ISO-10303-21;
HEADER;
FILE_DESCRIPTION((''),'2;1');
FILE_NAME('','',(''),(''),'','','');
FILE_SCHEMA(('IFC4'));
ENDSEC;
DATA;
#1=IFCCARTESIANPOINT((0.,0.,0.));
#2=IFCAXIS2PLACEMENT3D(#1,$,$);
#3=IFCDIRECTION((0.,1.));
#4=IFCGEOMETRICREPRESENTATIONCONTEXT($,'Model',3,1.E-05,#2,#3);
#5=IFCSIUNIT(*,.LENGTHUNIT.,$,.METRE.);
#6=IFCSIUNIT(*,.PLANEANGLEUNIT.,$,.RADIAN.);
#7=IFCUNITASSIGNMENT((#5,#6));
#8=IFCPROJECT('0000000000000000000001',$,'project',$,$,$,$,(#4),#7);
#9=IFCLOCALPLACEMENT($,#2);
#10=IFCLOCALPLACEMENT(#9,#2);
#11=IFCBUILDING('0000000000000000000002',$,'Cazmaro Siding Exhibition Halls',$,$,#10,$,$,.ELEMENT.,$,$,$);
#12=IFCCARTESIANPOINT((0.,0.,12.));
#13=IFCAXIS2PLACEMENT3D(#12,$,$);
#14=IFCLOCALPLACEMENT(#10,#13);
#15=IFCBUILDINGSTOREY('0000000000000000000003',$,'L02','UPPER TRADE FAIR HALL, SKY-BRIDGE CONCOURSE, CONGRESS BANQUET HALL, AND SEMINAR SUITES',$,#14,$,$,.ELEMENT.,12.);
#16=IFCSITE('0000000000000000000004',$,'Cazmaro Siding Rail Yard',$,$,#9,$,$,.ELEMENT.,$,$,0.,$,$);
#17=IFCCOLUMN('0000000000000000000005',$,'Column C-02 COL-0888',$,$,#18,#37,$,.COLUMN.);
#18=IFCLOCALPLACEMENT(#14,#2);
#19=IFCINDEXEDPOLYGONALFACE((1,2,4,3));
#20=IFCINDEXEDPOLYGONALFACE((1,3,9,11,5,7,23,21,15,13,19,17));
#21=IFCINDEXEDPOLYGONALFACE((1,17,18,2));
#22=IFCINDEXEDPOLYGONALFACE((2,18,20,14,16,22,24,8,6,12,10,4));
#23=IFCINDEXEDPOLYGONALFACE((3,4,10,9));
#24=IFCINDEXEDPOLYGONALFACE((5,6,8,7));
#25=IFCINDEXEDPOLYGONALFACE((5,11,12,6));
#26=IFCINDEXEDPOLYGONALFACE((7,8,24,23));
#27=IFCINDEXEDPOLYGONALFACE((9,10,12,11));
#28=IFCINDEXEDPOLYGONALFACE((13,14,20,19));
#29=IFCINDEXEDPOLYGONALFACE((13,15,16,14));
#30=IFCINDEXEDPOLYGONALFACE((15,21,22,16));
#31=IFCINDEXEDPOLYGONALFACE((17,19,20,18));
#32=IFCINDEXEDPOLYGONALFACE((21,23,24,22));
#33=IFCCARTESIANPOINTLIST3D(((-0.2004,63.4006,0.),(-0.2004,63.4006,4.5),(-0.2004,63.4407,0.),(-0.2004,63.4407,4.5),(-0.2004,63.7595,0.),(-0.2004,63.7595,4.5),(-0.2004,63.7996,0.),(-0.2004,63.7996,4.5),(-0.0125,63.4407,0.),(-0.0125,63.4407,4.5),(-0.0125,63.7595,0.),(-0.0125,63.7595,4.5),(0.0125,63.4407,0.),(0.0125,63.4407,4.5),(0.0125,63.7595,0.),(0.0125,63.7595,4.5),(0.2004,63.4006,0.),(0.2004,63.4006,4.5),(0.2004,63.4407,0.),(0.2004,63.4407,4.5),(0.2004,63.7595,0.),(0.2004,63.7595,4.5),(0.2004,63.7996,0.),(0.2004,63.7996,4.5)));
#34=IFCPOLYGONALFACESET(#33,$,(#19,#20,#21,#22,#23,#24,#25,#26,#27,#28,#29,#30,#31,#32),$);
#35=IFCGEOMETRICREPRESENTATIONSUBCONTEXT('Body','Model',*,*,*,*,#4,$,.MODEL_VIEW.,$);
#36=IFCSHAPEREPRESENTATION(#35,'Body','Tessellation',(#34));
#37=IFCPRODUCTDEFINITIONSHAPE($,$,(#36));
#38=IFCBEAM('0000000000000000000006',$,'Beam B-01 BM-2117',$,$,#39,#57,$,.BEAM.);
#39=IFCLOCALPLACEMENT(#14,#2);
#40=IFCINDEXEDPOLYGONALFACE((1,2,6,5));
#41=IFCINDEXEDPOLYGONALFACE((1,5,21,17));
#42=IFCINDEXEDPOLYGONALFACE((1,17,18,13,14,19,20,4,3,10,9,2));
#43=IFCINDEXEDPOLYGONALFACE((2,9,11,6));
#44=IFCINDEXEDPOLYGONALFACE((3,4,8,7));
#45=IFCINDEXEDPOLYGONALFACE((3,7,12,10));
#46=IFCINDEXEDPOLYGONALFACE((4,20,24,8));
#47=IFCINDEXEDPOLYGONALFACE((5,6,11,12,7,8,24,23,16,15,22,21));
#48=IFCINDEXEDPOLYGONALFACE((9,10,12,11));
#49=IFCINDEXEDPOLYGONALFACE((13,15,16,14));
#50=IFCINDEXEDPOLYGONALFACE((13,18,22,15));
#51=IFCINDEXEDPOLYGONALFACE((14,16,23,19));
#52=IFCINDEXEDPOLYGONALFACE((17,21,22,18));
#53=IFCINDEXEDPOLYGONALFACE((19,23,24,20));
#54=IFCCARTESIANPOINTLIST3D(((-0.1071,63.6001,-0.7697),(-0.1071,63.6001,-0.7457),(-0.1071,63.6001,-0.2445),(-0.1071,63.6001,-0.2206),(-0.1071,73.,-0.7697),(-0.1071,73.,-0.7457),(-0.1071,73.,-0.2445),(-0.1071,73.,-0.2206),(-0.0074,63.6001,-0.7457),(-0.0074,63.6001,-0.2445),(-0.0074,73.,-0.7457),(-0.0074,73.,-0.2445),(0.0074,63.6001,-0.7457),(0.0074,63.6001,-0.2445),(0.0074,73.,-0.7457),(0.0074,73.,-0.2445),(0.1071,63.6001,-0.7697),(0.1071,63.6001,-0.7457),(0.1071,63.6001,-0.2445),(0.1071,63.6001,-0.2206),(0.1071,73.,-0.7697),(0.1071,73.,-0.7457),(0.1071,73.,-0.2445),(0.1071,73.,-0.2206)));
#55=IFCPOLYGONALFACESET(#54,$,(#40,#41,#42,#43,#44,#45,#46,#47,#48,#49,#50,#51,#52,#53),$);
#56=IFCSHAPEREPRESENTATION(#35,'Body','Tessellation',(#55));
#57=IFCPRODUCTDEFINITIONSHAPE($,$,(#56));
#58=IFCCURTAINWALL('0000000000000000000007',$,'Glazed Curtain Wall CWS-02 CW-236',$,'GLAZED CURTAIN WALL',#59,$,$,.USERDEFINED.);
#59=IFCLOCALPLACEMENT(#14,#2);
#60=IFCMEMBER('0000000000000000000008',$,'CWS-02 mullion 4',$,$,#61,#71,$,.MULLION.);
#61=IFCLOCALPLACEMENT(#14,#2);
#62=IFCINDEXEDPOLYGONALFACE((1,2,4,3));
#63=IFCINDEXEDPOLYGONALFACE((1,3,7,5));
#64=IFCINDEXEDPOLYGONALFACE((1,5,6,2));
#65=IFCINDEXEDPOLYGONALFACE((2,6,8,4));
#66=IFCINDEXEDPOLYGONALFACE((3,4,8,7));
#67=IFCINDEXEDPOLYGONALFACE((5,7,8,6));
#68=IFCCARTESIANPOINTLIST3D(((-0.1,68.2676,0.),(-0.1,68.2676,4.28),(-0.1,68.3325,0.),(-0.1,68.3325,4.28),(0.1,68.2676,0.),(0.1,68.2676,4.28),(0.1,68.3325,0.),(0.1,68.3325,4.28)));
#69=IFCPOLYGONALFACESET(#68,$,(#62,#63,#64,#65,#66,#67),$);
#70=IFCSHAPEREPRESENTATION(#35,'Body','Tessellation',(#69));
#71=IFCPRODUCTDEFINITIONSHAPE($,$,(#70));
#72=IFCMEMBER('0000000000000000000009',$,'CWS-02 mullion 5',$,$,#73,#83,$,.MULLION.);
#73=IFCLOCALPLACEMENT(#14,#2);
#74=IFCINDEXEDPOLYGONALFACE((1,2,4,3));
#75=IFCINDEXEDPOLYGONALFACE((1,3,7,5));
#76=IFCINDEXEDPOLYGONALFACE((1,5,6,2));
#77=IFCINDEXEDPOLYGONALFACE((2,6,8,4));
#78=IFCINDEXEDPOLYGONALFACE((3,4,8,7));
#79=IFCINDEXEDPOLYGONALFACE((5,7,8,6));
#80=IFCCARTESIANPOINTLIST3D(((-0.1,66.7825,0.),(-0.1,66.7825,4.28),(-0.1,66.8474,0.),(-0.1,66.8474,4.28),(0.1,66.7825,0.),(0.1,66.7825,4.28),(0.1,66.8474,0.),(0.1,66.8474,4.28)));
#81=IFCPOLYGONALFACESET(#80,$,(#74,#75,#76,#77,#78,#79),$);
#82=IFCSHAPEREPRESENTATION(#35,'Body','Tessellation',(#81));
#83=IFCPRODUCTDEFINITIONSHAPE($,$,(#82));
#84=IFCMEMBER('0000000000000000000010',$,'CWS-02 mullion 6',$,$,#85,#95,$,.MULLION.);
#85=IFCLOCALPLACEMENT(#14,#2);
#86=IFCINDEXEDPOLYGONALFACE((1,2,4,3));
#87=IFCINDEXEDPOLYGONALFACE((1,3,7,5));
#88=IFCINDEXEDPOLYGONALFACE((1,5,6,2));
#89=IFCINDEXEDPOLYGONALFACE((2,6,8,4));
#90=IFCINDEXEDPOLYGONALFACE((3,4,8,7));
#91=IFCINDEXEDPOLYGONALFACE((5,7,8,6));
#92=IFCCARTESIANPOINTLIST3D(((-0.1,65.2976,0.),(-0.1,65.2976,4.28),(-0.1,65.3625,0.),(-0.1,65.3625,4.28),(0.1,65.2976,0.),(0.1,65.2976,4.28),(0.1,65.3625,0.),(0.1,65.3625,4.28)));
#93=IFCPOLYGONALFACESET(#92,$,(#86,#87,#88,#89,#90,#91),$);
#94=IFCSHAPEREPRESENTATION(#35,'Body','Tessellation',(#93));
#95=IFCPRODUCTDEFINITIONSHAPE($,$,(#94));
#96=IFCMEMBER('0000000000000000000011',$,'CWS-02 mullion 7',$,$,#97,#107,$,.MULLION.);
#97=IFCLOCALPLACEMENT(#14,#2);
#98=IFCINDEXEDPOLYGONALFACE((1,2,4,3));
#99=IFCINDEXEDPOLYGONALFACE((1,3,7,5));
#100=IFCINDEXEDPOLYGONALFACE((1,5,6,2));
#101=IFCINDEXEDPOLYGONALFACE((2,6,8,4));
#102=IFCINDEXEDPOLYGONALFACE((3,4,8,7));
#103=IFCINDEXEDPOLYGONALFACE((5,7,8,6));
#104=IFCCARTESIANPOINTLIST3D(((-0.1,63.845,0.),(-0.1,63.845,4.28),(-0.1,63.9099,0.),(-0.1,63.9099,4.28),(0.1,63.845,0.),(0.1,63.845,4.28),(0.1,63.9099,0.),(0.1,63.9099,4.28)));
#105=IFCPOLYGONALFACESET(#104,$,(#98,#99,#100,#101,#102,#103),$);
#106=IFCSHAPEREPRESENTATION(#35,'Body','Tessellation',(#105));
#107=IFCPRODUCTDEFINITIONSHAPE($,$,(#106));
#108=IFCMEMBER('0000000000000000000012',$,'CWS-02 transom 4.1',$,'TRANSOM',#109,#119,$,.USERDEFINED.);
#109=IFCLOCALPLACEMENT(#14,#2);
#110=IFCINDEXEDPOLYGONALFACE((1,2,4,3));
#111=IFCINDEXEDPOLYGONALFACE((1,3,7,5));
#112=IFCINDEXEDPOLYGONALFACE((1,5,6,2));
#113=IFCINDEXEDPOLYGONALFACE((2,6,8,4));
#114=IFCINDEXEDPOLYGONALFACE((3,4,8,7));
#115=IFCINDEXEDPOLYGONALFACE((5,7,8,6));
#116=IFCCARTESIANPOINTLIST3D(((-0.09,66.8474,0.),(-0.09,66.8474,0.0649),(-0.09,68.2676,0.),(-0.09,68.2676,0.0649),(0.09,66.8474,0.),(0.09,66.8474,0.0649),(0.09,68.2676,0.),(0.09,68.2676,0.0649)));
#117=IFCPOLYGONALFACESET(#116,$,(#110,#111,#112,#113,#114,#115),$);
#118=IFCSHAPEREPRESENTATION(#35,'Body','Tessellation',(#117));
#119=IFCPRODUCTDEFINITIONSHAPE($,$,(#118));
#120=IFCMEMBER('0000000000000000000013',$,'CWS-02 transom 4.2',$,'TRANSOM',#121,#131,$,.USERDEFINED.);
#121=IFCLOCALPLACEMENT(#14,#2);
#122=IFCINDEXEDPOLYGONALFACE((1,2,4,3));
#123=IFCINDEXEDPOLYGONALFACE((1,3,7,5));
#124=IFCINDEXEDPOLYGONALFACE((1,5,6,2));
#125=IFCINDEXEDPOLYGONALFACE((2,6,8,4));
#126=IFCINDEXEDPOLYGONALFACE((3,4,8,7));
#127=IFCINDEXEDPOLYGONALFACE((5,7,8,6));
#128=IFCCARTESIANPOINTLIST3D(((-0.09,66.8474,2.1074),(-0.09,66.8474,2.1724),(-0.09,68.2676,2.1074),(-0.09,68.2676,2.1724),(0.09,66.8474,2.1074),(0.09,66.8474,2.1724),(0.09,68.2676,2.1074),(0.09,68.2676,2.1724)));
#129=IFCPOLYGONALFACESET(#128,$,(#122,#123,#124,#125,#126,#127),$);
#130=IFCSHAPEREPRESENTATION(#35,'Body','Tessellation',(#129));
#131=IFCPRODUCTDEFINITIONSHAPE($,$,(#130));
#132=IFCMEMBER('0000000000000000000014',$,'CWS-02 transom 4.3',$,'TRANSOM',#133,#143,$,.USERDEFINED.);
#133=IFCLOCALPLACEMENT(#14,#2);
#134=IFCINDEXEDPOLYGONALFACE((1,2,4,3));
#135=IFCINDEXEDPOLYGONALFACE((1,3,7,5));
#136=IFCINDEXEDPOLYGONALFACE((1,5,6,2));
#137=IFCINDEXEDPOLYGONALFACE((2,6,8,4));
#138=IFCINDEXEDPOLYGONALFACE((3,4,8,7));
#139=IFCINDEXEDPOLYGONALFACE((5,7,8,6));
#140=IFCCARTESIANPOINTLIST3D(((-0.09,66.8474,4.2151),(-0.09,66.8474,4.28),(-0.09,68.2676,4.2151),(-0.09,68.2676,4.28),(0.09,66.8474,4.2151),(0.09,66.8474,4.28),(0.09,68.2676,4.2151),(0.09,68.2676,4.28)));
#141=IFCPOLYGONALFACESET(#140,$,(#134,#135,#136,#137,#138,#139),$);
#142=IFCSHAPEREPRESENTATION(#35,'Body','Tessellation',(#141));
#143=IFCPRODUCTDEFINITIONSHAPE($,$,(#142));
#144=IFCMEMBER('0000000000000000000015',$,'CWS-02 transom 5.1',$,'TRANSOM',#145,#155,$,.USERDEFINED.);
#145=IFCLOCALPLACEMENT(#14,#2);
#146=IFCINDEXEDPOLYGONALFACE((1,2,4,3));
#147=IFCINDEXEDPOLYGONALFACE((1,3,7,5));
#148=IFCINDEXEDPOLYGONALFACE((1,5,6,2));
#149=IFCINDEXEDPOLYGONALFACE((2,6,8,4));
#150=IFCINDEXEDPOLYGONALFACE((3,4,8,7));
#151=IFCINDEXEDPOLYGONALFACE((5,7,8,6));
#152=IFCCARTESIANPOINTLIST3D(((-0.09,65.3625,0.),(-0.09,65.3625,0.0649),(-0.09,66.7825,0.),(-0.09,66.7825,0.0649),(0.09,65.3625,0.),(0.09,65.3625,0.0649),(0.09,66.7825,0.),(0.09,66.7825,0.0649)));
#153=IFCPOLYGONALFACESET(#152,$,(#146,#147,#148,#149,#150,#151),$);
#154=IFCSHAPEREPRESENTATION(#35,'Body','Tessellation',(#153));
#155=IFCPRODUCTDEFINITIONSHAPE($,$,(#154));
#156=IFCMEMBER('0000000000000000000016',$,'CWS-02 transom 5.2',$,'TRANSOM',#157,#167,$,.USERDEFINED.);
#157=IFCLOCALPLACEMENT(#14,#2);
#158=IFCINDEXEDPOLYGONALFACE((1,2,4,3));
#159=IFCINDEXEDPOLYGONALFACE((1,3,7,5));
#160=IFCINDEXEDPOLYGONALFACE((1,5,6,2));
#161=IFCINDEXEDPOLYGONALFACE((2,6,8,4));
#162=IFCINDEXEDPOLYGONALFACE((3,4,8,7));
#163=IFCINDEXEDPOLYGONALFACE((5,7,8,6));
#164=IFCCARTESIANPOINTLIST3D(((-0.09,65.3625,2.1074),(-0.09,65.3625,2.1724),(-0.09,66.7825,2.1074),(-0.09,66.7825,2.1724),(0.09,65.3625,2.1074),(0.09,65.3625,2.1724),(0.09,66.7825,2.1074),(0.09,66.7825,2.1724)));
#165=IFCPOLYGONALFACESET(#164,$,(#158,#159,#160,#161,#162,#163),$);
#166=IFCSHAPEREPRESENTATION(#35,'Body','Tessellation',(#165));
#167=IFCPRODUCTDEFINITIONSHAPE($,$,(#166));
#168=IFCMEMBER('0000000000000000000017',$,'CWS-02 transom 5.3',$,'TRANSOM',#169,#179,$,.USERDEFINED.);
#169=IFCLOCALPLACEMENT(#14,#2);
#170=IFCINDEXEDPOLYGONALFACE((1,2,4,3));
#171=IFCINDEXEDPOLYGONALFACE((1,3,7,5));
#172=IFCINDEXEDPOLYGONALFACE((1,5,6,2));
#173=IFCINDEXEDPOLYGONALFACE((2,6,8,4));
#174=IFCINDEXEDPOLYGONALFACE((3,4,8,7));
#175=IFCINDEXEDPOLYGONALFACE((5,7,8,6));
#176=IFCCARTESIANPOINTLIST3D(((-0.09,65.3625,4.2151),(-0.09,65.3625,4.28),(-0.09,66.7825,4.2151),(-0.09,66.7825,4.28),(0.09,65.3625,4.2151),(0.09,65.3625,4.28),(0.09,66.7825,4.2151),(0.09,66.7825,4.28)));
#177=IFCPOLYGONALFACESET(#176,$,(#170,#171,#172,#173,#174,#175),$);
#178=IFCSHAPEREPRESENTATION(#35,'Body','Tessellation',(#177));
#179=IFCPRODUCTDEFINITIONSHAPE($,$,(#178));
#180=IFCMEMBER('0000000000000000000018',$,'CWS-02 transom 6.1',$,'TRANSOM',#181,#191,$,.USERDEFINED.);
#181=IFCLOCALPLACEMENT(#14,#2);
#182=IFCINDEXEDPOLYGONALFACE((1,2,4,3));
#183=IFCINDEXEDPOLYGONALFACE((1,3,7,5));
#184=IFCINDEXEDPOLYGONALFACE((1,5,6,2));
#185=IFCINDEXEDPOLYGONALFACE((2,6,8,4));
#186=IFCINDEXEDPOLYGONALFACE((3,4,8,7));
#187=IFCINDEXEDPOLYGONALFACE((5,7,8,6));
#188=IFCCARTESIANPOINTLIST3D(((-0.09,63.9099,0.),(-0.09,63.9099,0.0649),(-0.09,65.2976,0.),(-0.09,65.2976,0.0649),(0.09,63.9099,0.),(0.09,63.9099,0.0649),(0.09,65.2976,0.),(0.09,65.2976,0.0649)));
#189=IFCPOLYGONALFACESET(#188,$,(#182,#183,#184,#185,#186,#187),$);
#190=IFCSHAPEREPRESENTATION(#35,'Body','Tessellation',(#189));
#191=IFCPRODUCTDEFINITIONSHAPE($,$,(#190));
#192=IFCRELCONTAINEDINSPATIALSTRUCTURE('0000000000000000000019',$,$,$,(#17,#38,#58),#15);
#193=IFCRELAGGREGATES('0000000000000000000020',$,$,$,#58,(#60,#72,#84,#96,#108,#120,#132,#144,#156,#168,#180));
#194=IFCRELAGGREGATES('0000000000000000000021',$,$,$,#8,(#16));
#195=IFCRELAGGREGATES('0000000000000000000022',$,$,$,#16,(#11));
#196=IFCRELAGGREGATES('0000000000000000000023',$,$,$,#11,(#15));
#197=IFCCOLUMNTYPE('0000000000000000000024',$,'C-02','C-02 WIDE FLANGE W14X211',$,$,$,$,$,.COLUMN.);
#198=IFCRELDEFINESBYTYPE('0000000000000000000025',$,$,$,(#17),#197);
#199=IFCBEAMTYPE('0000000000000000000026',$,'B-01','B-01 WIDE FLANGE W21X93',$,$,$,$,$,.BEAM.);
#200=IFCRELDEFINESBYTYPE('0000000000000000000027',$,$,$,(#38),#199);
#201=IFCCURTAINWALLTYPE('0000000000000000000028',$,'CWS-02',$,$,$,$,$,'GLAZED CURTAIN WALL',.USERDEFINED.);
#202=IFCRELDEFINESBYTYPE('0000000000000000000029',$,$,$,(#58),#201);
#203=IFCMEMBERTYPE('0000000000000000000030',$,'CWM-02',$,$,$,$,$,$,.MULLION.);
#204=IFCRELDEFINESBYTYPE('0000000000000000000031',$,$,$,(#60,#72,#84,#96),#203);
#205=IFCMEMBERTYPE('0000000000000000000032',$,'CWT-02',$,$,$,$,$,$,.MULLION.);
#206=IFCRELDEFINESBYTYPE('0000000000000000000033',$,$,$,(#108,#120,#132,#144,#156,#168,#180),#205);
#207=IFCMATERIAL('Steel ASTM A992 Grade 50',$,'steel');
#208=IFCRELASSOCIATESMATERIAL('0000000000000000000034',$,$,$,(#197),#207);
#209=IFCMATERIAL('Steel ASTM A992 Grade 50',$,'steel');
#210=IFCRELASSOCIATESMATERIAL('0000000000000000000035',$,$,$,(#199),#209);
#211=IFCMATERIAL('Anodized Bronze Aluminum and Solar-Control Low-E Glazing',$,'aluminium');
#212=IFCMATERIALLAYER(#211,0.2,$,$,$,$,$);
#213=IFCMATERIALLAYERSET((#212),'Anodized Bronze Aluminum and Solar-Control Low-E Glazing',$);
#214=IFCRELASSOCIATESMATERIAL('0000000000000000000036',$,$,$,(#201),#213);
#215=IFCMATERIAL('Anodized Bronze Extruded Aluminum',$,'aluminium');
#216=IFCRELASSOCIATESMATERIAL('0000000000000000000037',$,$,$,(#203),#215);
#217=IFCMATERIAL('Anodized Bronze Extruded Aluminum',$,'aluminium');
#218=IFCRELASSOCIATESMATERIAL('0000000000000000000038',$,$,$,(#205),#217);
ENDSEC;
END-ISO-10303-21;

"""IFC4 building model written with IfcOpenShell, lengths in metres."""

from ifc_helpers import new_model, si_unit, direction, frame, origin, origin_2d, place, context, subcontext, project, spatial, rectangle, i_section, extrude, material, layer, layer_set, material_profile, profile_set, type_object, element, aggregate, save


model = new_model("IFC4")

# Units and contexts
model_context = context("Model", 3, precision=1e-05, world=origin(), true_north=direction((0.0, 1.0)))
body_context = subcontext(model_context, "Body", "Model", "MODEL_VIEW")
ifc_project = project(units=[si_unit("LENGTHUNIT", "METRE"), si_unit("PLANEANGLEUNIT", "RADIAN")], contexts=[model_context])

# Site, building, storey
site_placement = place(None, origin())
site = spatial("IfcSite", under=ifc_project, at=site_placement, Name="Cazmaro Siding Rail Yard", CompositionType="ELEMENT", RefElevation=0.0)
building_placement = place(site_placement, origin())
building = spatial("IfcBuilding", under=site, at=building_placement, Name="Cazmaro Siding Exhibition Halls", CompositionType="ELEMENT")
storey_placement = place(building_placement, frame((0.0, 0.0, 12.0)))
storey = spatial("IfcBuildingStorey", under=building, at=storey_placement, Name="L02", Description="UPPER TRADE FAIR HALL, SKY-BRIDGE CONCOURSE, CONGRESS BANQUET HALL, AND SEMINAR SUITES", CompositionType="ELEMENT", Elevation=12.0)

# Column
ifc_material_1 = material(Name="Steel ASTM A992 Grade 50", Category="steel")
ifc_material_profile_1 = material_profile(ifc_material_1, i_section(OverallWidth=0.4009, OverallDepth=0.3989, WebThickness=0.0249, FlangeThickness=0.04, at=origin_2d()), Name="W14X211")
ifc_profile_set_1 = profile_set([ifc_material_profile_1], Name="Steel ASTM A992 Grade 50")
column_type = type_object("IfcColumnType", Name="C-02", Description="C-02 WIDE FLANGE W14X211", PredefinedType="COLUMN", material=ifc_profile_set_1)
column_placement = place(storey_placement, frame((0.0, 63.6001, 0.0), z_axis=(0.0, 0.0, 1.0), x_axis=(1.0, 0.0, 0.0)))
element("IfcColumn", 1, at=column_placement, inside=storey, type_object=column_type, Name="Column C-02 COL-0888", PredefinedType="COLUMN", context=body_context, shape_type="SweptSolid", body=[
    extrude(i_section(OverallWidth=0.4009, OverallDepth=0.3989, WebThickness=0.0249, FlangeThickness=0.04, at=origin_2d()), origin(), (0.0, 0.0, 1.0), 4.5),
])

# Beam
ifc_material_2 = material(Name="Steel ASTM A992 Grade 50", Category="steel")
ifc_material_profile_2 = material_profile(ifc_material_2, i_section(OverallWidth=0.2141, OverallDepth=0.5491, WebThickness=0.0149, FlangeThickness=0.0239, at=origin_2d()), Name="W21X93")
ifc_profile_set_2 = profile_set([ifc_material_profile_2], Name="Steel ASTM A992 Grade 50")
beam_type_1 = type_object("IfcBeamType", Name="B-01", Description="B-01 WIDE FLANGE W21X93", PredefinedType="BEAM", material=ifc_profile_set_2)
beam_1_placement = place(storey_placement, frame((0.0, 63.6001, -0.4951), z_axis=(0.0, 1.0, 0.0), x_axis=(-1.0, 0.0, 0.0)))
element("IfcBeam", 2, at=beam_1_placement, inside=storey, type_object=beam_type_1, Name="Beam B-01 BM-2117", PredefinedType="BEAM", context=body_context, shape_type="SweptSolid", body=[
    extrude(i_section(OverallWidth=0.2141, OverallDepth=0.5491, WebThickness=0.0149, FlangeThickness=0.0239, at=origin_2d()), origin(), (0.0, 0.0, 1.0), 9.3999),
])

# Curtain wall, members
ifc_material_3 = material(Name="Anodized Bronze Aluminum and Solar-Control Low-E Glazing", Category="aluminium")
ifc_layer_1 = layer(ifc_material_3, 0.2)
ifc_layer_set_1 = layer_set([ifc_layer_1], Name="Anodized Bronze Aluminum and Solar-Control Low-E Glazing")
curtain_wall_type = type_object("IfcCurtainWallType", Name="CWS-02", ElementType="GLAZED CURTAIN WALL", PredefinedType="USERDEFINED", material=ifc_layer_set_1)
curtain_wall_placement = place(storey_placement, origin())
curtain_wall = element("IfcCurtainWall", 3, at=curtain_wall_placement, inside=storey, type_object=curtain_wall_type, Name="Glazed Curtain Wall CWS-02 CW-236", ObjectType="GLAZED CURTAIN WALL", PredefinedType="USERDEFINED")
ifc_material_4 = material(Name="Anodized Bronze Extruded Aluminum", Category="aluminium")
ifc_material_profile_3 = material_profile(ifc_material_4, rectangle(XDim=0.2, YDim=0.0649, at=origin_2d()), Name="CWM-02")
ifc_profile_set_3 = profile_set([ifc_material_profile_3], Name="Anodized Bronze Extruded Aluminum")
member_type_1 = type_object("IfcMemberType", Name="CWM-02", PredefinedType="MULLION", material=ifc_profile_set_3)
member_1_placement = place(storey_placement, frame((0.0, 68.3, 0.0), z_axis=(0.0, 0.0, 1.0), x_axis=(1.0, 0.0, 0.0)))
member_1 = element("IfcMember", 4, at=member_1_placement, type_object=member_type_1, Name="CWS-02 mullion 4", PredefinedType="MULLION", context=body_context, shape_type="SweptSolid", body=[
    extrude(rectangle(XDim=0.2, YDim=0.0649, at=origin_2d()), origin(), (0.0, 0.0, 1.0), 4.28),
])
member_2_placement = place(storey_placement, frame((0.0, 66.8149, 0.0), z_axis=(0.0, 0.0, 1.0), x_axis=(1.0, 0.0, 0.0)))
member_2 = element("IfcMember", 5, at=member_2_placement, type_object=member_type_1, Name="CWS-02 mullion 5", PredefinedType="MULLION", context=body_context, shape_type="SweptSolid", body=[
    extrude(rectangle(XDim=0.2, YDim=0.0649, at=origin_2d()), origin(), (0.0, 0.0, 1.0), 4.28),
])
member_3_placement = place(storey_placement, frame((0.0, 65.3301, 0.0), z_axis=(0.0, 0.0, 1.0), x_axis=(1.0, 0.0, 0.0)))
member_3 = element("IfcMember", 6, at=member_3_placement, type_object=member_type_1, Name="CWS-02 mullion 6", PredefinedType="MULLION", context=body_context, shape_type="SweptSolid", body=[
    extrude(rectangle(XDim=0.2, YDim=0.0649, at=origin_2d()), origin(), (0.0, 0.0, 1.0), 4.28),
])
member_4_placement = place(storey_placement, frame((0.0, 63.8774, 0.0), z_axis=(0.0, 0.0, 1.0), x_axis=(1.0, 0.0, 0.0)))
member_4 = element("IfcMember", 7, at=member_4_placement, type_object=member_type_1, Name="CWS-02 mullion 7", PredefinedType="MULLION", context=body_context, shape_type="SweptSolid", body=[
    extrude(rectangle(XDim=0.2, YDim=0.0649, at=origin_2d()), origin(), (0.0, 0.0, 1.0), 4.28),
])
ifc_material_5 = material(Name="Anodized Bronze Extruded Aluminum", Category="aluminium")
ifc_material_profile_4 = material_profile(ifc_material_5, rectangle(XDim=0.1799, YDim=0.0649, at=origin_2d()), Name="CWT-02")
ifc_profile_set_4 = profile_set([ifc_material_profile_4], Name="Anodized Bronze Extruded Aluminum")
member_type_2 = type_object("IfcMemberType", Name="CWT-02", PredefinedType="MULLION", material=ifc_profile_set_4)
member_5_placement = place(storey_placement, frame((0.0, 68.2676, 0.0325), z_axis=(0.0, -1.0, 0.0), x_axis=(1.0, 0.0, 0.0)))
member_5 = element("IfcMember", 8, at=member_5_placement, type_object=member_type_2, Name="CWS-02 transom 4.1", ObjectType="TRANSOM", PredefinedType="USERDEFINED", context=body_context, shape_type="SweptSolid", body=[
    extrude(rectangle(XDim=0.1799, YDim=0.0649, at=origin_2d()), origin(), (0.0, 0.0, 1.0), 1.4202),
])
member_6_placement = place(storey_placement, frame((0.0, 68.2676, 2.1399), z_axis=(0.0, -1.0, 0.0), x_axis=(1.0, 0.0, 0.0)))
member_6 = element("IfcMember", 9, at=member_6_placement, type_object=member_type_2, Name="CWS-02 transom 4.2", ObjectType="TRANSOM", PredefinedType="USERDEFINED", context=body_context, shape_type="SweptSolid", body=[
    extrude(rectangle(XDim=0.1799, YDim=0.0649, at=origin_2d()), origin(), (0.0, 0.0, 1.0), 1.4202),
])
member_7_placement = place(storey_placement, frame((0.0, 68.2676, 4.2476), z_axis=(0.0, -1.0, 0.0), x_axis=(1.0, 0.0, 0.0)))
member_7 = element("IfcMember", 10, at=member_7_placement, type_object=member_type_2, Name="CWS-02 transom 4.3", ObjectType="TRANSOM", PredefinedType="USERDEFINED", context=body_context, shape_type="SweptSolid", body=[
    extrude(rectangle(XDim=0.1799, YDim=0.0649, at=origin_2d()), origin(), (0.0, 0.0, 1.0), 1.4202),
])
member_8_placement = place(storey_placement, frame((0.0, 66.7825, 0.0325), z_axis=(0.0, -1.0, 0.0), x_axis=(1.0, 0.0, 0.0)))
member_8 = element("IfcMember", 11, at=member_8_placement, type_object=member_type_2, Name="CWS-02 transom 5.1", ObjectType="TRANSOM", PredefinedType="USERDEFINED", context=body_context, shape_type="SweptSolid", body=[
    extrude(rectangle(XDim=0.1799, YDim=0.0649, at=origin_2d()), origin(), (0.0, 0.0, 1.0), 1.4199),
])
member_9_placement = place(storey_placement, frame((0.0, 66.7825, 2.1399), z_axis=(0.0, -1.0, 0.0), x_axis=(1.0, 0.0, 0.0)))
member_9 = element("IfcMember", 12, at=member_9_placement, type_object=member_type_2, Name="CWS-02 transom 5.2", ObjectType="TRANSOM", PredefinedType="USERDEFINED", context=body_context, shape_type="SweptSolid", body=[
    extrude(rectangle(XDim=0.1799, YDim=0.0649, at=origin_2d()), origin(), (0.0, 0.0, 1.0), 1.4199),
])
member_10_placement = place(storey_placement, frame((0.0, 66.7825, 4.2476), z_axis=(0.0, -1.0, 0.0), x_axis=(1.0, 0.0, 0.0)))
member_10 = element("IfcMember", 13, at=member_10_placement, type_object=member_type_2, Name="CWS-02 transom 5.3", ObjectType="TRANSOM", PredefinedType="USERDEFINED", context=body_context, shape_type="SweptSolid", body=[
    extrude(rectangle(XDim=0.1799, YDim=0.0649, at=origin_2d()), origin(), (0.0, 0.0, 1.0), 1.4199),
])
member_11_placement = place(storey_placement, frame((0.0, 65.2976, 0.0325), z_axis=(0.0, -1.0, 0.0), x_axis=(1.0, 0.0, 0.0)))
member_11 = element("IfcMember", 14, at=member_11_placement, type_object=member_type_2, Name="CWS-02 transom 6.1", ObjectType="TRANSOM", PredefinedType="USERDEFINED", context=body_context, shape_type="SweptSolid", body=[
    extrude(rectangle(XDim=0.1799, YDim=0.0649, at=origin_2d()), origin(), (0.0, 0.0, 1.0), 1.3877),
])

aggregate(curtain_wall, [member_1, member_2, member_3, member_4, member_5, member_6, member_7, member_8, member_9, member_10, member_11])

save(model, "model.ifc")
